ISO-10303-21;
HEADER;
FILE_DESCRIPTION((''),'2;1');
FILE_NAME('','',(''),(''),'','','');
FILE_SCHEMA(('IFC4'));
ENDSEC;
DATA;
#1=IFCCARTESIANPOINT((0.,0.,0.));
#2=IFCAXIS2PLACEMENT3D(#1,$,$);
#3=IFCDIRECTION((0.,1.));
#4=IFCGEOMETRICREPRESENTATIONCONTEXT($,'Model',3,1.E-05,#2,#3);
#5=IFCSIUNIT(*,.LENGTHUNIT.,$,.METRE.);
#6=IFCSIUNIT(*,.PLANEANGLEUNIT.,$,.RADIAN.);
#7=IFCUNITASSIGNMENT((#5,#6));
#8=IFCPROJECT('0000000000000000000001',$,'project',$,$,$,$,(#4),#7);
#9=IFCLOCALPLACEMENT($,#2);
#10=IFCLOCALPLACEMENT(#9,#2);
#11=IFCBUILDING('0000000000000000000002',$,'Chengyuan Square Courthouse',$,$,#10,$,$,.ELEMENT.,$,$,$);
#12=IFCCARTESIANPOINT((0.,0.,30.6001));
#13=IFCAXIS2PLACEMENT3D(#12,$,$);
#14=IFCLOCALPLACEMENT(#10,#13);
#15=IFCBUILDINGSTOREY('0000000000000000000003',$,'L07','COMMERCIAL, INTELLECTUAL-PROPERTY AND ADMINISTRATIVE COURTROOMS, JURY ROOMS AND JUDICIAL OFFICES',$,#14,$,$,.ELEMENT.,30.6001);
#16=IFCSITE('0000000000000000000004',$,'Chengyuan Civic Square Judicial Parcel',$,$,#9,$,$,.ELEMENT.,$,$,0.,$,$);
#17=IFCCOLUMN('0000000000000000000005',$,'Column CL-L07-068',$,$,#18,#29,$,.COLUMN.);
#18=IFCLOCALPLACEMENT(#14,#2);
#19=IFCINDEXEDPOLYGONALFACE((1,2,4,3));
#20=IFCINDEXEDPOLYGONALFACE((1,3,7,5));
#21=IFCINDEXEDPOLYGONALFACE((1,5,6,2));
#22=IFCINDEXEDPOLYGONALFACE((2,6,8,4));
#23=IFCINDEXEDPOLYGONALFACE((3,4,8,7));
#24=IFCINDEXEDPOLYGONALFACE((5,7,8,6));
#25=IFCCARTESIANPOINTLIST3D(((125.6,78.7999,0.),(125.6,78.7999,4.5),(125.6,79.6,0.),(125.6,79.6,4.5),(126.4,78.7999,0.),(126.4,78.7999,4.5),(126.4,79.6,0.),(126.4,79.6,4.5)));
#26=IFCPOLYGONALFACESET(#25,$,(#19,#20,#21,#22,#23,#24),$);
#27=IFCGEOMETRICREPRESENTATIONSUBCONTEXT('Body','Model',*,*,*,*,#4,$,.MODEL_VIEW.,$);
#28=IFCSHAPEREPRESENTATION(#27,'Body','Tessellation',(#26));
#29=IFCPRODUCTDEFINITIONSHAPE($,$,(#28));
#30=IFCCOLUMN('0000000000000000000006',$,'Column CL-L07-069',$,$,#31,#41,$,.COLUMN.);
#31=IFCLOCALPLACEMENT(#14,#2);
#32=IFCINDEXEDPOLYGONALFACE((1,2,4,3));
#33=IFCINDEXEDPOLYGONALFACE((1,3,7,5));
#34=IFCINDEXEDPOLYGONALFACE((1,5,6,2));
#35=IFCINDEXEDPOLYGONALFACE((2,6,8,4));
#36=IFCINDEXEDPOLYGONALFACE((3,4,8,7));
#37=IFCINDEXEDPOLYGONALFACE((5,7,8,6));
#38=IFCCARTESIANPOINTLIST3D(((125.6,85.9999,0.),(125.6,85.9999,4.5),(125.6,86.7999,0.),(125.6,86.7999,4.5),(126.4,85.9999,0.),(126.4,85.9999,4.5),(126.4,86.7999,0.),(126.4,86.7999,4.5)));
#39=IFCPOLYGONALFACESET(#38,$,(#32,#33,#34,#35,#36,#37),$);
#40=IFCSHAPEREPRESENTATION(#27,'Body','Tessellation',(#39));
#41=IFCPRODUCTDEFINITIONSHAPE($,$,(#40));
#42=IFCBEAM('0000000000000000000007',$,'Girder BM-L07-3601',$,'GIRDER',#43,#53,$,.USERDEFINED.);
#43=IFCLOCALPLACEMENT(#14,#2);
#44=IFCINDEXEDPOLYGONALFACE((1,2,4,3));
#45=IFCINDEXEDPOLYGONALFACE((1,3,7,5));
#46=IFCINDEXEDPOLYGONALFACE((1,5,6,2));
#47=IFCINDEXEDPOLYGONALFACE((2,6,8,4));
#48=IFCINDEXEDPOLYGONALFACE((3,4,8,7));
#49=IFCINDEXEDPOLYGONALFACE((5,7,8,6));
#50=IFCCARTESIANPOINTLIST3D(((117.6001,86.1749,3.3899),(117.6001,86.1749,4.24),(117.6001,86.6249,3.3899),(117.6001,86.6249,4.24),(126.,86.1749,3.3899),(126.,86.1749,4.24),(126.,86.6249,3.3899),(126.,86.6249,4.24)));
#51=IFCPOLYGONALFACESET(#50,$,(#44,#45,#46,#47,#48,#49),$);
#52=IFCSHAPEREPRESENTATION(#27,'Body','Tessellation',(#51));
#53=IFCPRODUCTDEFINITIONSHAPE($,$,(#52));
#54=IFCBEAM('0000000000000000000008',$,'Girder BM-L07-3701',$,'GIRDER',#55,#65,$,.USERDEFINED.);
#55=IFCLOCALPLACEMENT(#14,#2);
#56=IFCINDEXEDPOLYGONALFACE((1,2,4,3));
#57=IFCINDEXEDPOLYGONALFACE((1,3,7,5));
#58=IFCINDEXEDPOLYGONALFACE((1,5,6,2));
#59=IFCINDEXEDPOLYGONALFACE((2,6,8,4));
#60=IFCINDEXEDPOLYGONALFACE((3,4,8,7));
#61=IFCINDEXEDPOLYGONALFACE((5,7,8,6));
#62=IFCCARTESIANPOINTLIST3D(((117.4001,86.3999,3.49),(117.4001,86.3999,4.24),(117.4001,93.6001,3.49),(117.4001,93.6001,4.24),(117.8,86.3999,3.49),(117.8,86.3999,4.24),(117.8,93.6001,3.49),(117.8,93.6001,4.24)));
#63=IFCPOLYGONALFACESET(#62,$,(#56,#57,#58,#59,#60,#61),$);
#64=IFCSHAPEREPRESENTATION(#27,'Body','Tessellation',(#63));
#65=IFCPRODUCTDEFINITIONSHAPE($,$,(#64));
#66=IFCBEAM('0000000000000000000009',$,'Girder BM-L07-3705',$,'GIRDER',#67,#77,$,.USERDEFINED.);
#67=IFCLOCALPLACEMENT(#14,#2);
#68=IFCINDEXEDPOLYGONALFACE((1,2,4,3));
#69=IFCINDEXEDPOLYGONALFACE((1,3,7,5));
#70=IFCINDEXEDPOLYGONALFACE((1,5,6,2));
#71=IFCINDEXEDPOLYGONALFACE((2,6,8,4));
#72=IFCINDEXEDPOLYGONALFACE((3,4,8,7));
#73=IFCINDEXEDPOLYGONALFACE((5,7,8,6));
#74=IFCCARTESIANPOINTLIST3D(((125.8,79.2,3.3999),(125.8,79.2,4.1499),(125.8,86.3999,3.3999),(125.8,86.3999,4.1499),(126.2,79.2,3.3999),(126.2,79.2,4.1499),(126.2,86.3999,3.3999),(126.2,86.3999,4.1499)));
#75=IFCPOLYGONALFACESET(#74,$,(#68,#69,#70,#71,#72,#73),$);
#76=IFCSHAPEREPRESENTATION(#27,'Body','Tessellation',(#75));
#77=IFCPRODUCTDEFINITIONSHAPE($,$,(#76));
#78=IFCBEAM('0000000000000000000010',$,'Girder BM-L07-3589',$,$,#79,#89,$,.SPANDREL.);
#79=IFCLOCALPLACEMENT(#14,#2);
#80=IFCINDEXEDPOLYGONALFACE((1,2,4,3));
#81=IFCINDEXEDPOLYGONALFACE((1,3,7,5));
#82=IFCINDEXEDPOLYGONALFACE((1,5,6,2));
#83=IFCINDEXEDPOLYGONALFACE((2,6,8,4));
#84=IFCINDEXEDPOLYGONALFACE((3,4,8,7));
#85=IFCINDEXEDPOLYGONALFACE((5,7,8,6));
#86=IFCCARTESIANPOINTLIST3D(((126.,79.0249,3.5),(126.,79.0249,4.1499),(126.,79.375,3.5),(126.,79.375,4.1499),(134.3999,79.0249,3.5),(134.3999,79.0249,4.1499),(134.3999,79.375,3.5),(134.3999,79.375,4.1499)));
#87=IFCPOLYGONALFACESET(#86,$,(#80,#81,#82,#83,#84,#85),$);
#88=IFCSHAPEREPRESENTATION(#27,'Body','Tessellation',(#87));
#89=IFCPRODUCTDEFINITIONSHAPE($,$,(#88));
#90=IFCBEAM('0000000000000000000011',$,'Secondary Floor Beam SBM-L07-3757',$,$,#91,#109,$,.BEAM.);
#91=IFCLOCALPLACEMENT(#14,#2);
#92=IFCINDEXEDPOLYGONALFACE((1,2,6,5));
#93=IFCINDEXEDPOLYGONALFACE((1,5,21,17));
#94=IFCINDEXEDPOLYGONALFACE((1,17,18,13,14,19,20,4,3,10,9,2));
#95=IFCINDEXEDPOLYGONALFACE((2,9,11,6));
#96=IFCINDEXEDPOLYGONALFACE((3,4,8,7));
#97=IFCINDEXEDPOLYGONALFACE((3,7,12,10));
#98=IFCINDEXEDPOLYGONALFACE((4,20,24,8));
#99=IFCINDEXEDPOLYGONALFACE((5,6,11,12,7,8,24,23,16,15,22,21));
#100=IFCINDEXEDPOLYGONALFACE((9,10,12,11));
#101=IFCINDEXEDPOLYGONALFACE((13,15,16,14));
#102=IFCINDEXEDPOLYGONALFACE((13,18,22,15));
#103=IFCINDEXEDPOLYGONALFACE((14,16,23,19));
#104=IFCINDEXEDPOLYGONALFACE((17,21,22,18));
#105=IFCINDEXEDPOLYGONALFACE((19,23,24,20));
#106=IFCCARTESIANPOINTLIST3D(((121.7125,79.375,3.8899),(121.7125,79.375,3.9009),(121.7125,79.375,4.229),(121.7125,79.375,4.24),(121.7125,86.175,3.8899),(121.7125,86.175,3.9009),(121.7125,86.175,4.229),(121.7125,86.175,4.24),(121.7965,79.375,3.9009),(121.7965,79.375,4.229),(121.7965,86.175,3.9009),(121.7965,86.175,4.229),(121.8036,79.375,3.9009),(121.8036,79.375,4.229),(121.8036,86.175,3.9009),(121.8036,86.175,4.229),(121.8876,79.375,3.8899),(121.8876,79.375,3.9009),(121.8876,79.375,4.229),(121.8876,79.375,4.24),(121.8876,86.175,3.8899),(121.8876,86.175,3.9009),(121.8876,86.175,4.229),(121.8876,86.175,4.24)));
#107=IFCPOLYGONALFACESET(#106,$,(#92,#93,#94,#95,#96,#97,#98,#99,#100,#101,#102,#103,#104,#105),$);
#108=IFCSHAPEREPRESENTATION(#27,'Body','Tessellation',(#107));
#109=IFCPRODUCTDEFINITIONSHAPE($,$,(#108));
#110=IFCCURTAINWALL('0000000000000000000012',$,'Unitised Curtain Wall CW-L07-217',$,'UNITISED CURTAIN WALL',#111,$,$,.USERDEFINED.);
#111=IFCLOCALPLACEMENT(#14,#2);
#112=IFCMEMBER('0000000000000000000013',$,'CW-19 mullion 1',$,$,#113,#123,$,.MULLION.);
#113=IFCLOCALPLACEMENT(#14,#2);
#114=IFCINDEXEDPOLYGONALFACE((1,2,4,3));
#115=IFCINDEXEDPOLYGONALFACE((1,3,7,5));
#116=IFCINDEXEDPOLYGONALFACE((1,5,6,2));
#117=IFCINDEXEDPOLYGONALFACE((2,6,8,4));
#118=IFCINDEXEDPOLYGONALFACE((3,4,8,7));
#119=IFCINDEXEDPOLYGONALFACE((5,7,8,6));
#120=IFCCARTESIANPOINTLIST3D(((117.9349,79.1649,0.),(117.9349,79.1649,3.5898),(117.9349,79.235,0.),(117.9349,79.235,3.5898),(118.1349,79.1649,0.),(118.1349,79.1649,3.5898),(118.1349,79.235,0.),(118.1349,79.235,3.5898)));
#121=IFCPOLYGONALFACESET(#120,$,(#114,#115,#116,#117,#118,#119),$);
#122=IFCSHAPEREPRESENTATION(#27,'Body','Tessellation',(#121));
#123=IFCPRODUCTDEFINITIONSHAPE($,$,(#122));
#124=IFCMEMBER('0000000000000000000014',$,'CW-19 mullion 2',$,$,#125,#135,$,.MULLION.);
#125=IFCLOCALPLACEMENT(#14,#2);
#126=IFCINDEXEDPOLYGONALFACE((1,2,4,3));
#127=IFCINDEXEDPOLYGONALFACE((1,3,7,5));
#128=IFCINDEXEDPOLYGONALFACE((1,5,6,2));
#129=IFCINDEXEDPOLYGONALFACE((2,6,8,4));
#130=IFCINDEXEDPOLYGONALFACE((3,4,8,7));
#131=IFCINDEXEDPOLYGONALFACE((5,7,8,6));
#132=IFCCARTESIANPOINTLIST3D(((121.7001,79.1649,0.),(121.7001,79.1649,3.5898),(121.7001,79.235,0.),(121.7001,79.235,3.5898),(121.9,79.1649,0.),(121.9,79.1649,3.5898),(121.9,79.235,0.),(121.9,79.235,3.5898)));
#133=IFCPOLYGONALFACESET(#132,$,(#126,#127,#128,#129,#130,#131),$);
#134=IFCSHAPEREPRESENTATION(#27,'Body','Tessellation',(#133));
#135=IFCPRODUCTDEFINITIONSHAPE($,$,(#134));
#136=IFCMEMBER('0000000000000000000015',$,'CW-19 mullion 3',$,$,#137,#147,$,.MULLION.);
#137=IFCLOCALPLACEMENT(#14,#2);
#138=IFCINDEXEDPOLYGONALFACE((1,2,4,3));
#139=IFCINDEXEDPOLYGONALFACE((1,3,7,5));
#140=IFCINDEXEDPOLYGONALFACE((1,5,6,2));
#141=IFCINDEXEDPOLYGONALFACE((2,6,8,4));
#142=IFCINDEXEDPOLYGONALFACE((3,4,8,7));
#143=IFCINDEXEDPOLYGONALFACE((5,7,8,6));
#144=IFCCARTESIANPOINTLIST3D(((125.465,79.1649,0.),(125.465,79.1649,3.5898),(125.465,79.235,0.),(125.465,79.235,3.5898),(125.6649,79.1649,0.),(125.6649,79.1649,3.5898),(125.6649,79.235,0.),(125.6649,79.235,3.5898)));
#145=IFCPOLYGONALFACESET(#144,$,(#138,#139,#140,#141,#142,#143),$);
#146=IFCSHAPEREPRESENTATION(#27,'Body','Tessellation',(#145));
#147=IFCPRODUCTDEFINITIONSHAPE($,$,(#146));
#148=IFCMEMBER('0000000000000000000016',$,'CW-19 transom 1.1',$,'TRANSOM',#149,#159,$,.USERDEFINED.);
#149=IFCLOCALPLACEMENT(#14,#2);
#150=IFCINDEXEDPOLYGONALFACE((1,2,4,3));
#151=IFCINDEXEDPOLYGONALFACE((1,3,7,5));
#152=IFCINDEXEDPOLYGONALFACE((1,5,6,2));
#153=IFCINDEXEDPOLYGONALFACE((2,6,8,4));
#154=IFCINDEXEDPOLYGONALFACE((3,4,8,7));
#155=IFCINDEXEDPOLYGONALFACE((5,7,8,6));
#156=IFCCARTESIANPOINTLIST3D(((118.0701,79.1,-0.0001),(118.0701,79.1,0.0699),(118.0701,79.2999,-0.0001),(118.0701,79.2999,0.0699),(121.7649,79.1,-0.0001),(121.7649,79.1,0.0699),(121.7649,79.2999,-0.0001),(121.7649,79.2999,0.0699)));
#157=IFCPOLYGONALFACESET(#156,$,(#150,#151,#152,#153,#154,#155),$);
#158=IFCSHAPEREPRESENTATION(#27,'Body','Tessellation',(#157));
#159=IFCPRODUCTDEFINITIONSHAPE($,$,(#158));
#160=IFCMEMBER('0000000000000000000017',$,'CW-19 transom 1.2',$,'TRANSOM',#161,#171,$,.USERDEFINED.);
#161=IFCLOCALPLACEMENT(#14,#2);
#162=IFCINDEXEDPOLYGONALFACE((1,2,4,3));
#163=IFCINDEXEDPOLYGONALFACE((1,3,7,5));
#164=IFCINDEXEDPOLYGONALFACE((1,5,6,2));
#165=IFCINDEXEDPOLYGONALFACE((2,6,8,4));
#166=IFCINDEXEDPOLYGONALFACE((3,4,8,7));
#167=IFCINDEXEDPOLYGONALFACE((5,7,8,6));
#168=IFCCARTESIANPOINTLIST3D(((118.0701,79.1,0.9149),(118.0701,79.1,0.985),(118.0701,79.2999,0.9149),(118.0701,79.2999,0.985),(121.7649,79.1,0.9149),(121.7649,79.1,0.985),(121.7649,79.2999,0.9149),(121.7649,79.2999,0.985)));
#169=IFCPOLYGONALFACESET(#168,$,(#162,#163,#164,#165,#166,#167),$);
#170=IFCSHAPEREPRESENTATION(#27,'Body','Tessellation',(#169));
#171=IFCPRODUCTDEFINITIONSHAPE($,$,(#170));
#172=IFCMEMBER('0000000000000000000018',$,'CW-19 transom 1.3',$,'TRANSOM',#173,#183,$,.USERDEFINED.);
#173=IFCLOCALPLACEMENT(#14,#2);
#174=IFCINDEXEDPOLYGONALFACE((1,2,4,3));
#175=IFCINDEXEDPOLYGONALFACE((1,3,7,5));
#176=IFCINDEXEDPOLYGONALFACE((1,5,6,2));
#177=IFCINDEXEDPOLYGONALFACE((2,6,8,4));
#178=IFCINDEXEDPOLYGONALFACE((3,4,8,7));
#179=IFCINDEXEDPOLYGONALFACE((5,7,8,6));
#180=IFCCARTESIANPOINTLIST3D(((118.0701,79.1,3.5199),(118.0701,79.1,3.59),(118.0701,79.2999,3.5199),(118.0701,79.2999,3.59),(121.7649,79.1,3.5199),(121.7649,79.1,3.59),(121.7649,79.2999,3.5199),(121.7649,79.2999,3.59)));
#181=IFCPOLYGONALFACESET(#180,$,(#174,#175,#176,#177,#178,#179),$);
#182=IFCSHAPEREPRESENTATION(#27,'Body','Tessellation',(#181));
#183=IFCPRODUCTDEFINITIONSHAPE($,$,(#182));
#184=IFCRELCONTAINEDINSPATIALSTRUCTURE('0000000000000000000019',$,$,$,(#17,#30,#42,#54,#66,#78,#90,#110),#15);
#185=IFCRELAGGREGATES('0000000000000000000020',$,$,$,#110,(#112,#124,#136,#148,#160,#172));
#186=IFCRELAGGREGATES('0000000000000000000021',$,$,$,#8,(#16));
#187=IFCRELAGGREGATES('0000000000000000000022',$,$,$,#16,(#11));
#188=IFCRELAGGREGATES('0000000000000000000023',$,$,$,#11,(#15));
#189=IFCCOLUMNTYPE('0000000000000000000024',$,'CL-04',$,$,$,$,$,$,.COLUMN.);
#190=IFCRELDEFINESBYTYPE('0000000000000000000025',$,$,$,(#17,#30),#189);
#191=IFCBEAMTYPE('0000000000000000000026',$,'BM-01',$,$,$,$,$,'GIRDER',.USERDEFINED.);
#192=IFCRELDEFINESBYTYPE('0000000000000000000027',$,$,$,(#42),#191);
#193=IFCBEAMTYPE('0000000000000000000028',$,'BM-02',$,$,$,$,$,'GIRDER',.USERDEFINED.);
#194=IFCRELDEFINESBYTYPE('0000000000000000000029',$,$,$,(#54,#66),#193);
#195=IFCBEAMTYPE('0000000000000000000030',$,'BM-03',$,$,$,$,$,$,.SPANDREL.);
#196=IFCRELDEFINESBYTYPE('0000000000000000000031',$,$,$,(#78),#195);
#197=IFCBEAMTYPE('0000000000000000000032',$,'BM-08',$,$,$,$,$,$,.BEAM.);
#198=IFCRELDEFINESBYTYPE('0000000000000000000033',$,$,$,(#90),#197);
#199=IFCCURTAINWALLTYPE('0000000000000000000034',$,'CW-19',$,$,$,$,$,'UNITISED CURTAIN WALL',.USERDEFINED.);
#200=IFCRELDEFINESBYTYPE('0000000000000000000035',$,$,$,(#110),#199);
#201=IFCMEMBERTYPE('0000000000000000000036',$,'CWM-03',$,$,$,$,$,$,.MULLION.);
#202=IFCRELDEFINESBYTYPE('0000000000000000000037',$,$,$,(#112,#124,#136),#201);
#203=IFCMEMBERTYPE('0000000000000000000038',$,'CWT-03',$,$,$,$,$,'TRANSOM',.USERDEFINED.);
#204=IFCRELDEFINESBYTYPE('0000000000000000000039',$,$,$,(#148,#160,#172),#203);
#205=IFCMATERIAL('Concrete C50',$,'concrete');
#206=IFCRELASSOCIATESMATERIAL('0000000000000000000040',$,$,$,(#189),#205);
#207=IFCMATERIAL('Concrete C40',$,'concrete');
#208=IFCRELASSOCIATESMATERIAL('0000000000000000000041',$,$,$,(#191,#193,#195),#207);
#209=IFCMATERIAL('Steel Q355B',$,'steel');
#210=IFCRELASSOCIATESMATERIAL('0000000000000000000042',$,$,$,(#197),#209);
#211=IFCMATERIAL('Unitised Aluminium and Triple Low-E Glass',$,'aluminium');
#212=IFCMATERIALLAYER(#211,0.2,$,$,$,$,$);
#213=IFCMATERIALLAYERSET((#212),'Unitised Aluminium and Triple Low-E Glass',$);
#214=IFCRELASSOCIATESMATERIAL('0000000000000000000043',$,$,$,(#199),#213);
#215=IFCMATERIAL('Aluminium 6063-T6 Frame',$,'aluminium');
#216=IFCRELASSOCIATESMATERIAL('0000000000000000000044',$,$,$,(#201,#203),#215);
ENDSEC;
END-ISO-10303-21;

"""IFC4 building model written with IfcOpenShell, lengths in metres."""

from ifc_helpers import new_model, si_unit, direction, frame, origin, origin_2d, place, context, subcontext, project, spatial, rectangle, i_section, extrude, material, layer, layer_set, material_profile, profile_set, type_object, element, aggregate, save


model = new_model("IFC4")

# Units and contexts
model_context = context("Model", 3, precision=1e-05, world=origin(), true_north=direction((0.0, 1.0)))
body_context = subcontext(model_context, "Body", "Model", "MODEL_VIEW")
ifc_project = project(units=[si_unit("LENGTHUNIT", "METRE"), si_unit("PLANEANGLEUNIT", "RADIAN")], contexts=[model_context])

# Site, building, storey
site_placement = place(None, origin())
site = spatial("IfcSite", under=ifc_project, at=site_placement, Name="Chengyuan Civic Square Judicial Parcel", CompositionType="ELEMENT", RefElevation=0.0)
building_placement = place(site_placement, origin())
building = spatial("IfcBuilding", under=site, at=building_placement, Name="Chengyuan Square Courthouse", CompositionType="ELEMENT")
storey_placement = place(building_placement, frame((0.0, 0.0, 30.6001)))
storey = spatial("IfcBuildingStorey", under=building, at=storey_placement, Name="L07", Description="COMMERCIAL, INTELLECTUAL-PROPERTY AND ADMINISTRATIVE COURTROOMS, JURY ROOMS AND JUDICIAL OFFICES", CompositionType="ELEMENT", Elevation=30.6001)

# Columns
ifc_material_1 = material(Name="Concrete C50", Category="concrete")
ifc_material_profile_1 = material_profile(ifc_material_1, rectangle(XDim=0.8, YDim=0.8, at=origin_2d()), Name="RC-COL-800x800")
ifc_profile_set_1 = profile_set([ifc_material_profile_1], Name="Concrete C50")
column_type = type_object("IfcColumnType", Name="CL-04", PredefinedType="COLUMN", material=ifc_profile_set_1)
for number, where, z_axis, x_axis, name in (
    (1, (126.0, 79.2, 0.0), (0.0, 0.0, 1.0), (1.0, 0.0, 0.0), "Column CL-L07-068"),
    (2, (126.0, 86.3999, 0.0), (0.0, 0.0, 1.0), (1.0, 0.0, 0.0), "Column CL-L07-069"),
):
    element("IfcColumn", number, at=place(storey_placement, frame(where, z_axis=z_axis, x_axis=x_axis)), inside=storey, type_object=column_type, Name=name, PredefinedType="COLUMN", context=body_context, shape_type="SweptSolid", body=[
        extrude(rectangle(XDim=0.8, YDim=0.8, at=origin_2d()), origin(), (0.0, 0.0, 1.0), 4.5),
    ])

# Beams
ifc_material_2 = material(Name="Concrete C40", Category="concrete")
ifc_material_profile_2 = material_profile(ifc_material_2, rectangle(XDim=0.45, YDim=0.8501, at=origin_2d()), Name="RC-BM-450x850")
ifc_profile_set_2 = profile_set([ifc_material_profile_2], Name="Concrete C40")
beam_type_1 = type_object("IfcBeamType", Name="BM-01", ElementType="GIRDER", PredefinedType="USERDEFINED", material=ifc_profile_set_2)
beam_1_placement = place(storey_placement, frame((117.6001, 86.3999, 3.8149), z_axis=(1.0, 0.0, 0.0), x_axis=(0.0, 1.0, 0.0)))
element("IfcBeam", 3, at=beam_1_placement, inside=storey, type_object=beam_type_1, Name="Girder BM-L07-3601", ObjectType="GIRDER", PredefinedType="USERDEFINED", context=body_context, shape_type="SweptSolid", body=[
    extrude(rectangle(XDim=0.45, YDim=0.8501, at=origin_2d()), origin(), (0.0, 0.0, 1.0), 8.3999),
])
ifc_material_profile_3 = material_profile(ifc_material_2, rectangle(XDim=0.3999, YDim=0.75, at=origin_2d()), Name="RC-BM-400x750")
ifc_profile_set_3 = profile_set([ifc_material_profile_3], Name="Concrete C40")
beam_type_2 = type_object("IfcBeamType", Name="BM-02", ElementType="GIRDER", PredefinedType="USERDEFINED", material=ifc_profile_set_3)
beam_2_placement = place(storey_placement, frame((117.6001, 86.3999, 3.865), z_axis=(0.0, 1.0, 0.0), x_axis=(-1.0, 0.0, 0.0)))
element("IfcBeam", 4, at=beam_2_placement, inside=storey, type_object=beam_type_2, Name="Girder BM-L07-3701", ObjectType="GIRDER", PredefinedType="USERDEFINED", context=body_context, shape_type="SweptSolid", body=[
    extrude(rectangle(XDim=0.3999, YDim=0.75, at=origin_2d()), origin(), (0.0, 0.0, 1.0), 7.2002),
])
beam_3_placement = place(storey_placement, frame((126.0, 79.2, 3.7749), z_axis=(0.0, 1.0, 0.0), x_axis=(-1.0, 0.0, 0.0)))
element("IfcBeam", 5, at=beam_3_placement, inside=storey, type_object=beam_type_2, Name="Girder BM-L07-3705", ObjectType="GIRDER", PredefinedType="USERDEFINED", context=body_context, shape_type="SweptSolid", body=[
    extrude(rectangle(XDim=0.3999, YDim=0.75, at=origin_2d()), origin(), (0.0, 0.0, 1.0), 7.2),
])
ifc_material_profile_4 = material_profile(ifc_material_2, rectangle(XDim=0.3501, YDim=0.6499, at=origin_2d()), Name="RC-BM-350x650")
ifc_profile_set_4 = profile_set([ifc_material_profile_4], Name="Concrete C40")
beam_type_3 = type_object("IfcBeamType", Name="BM-03", PredefinedType="SPANDREL", material=ifc_profile_set_4)
beam_4_placement = place(storey_placement, frame((126.0, 79.2, 3.825), z_axis=(1.0, 0.0, 0.0), x_axis=(0.0, 1.0, 0.0)))
element("IfcBeam", 6, at=beam_4_placement, inside=storey, type_object=beam_type_3, Name="Girder BM-L07-3589", PredefinedType="SPANDREL", context=body_context, shape_type="SweptSolid", body=[
    extrude(rectangle(XDim=0.3501, YDim=0.6499, at=origin_2d()), origin(), (0.0, 0.0, 1.0), 8.3999),
])
ifc_material_3 = material(Name="Steel Q355B", Category="steel")
ifc_material_profile_5 = material_profile(ifc_material_3, i_section(OverallWidth=0.175, OverallDepth=0.3501, WebThickness=0.0071, FlangeThickness=0.011, at=origin_2d()), Name="HN 350x175x7x11")
ifc_profile_set_5 = profile_set([ifc_material_profile_5], Name="Steel Q355B")
beam_type_4 = type_object("IfcBeamType", Name="BM-08", PredefinedType="BEAM", material=ifc_profile_set_5)
beam_5_placement = place(storey_placement, frame((121.8, 79.375, 4.0649), z_axis=(0.0, 1.0, 0.0), x_axis=(-1.0, 0.0, 0.0)))
element("IfcBeam", 7, at=beam_5_placement, inside=storey, type_object=beam_type_4, Name="Secondary Floor Beam SBM-L07-3757", PredefinedType="BEAM", context=body_context, shape_type="SweptSolid", body=[
    extrude(i_section(OverallWidth=0.175, OverallDepth=0.3501, WebThickness=0.0071, FlangeThickness=0.011, at=origin_2d()), origin(), (0.0, 0.0, 1.0), 6.8),
])

# Curtain wall, members
ifc_material_4 = material(Name="Unitised Aluminium and Triple Low-E Glass", Category="aluminium")
ifc_layer_1 = layer(ifc_material_4, 0.2)
ifc_layer_set_1 = layer_set([ifc_layer_1], Name="Unitised Aluminium and Triple Low-E Glass")
curtain_wall_type = type_object("IfcCurtainWallType", Name="CW-19", ElementType="UNITISED CURTAIN WALL", PredefinedType="USERDEFINED", material=ifc_layer_set_1)
curtain_wall_placement = place(storey_placement, origin())
curtain_wall = element("IfcCurtainWall", 8, at=curtain_wall_placement, inside=storey, type_object=curtain_wall_type, Name="Unitised Curtain Wall CW-L07-217", ObjectType="UNITISED CURTAIN WALL", PredefinedType="USERDEFINED")
ifc_material_5 = material(Name="Aluminium 6063-T6 Frame", Category="aluminium")
ifc_material_profile_6 = material_profile(ifc_material_5, rectangle(XDim=0.0701, YDim=0.2, at=origin_2d()), Name="CW-MUL-70x200")
ifc_profile_set_6 = profile_set([ifc_material_profile_6], Name="Aluminium 6063-T6 Frame")
member_type_1 = type_object("IfcMemberType", Name="CWM-03", PredefinedType="MULLION", material=ifc_profile_set_6)
member_1_placement = place(storey_placement, frame((118.0349, 79.2, 0.0), z_axis=(0.0, 0.0, 1.0), x_axis=(0.0, 1.0, 0.0)))
member_1 = element("IfcMember", 9, at=member_1_placement, type_object=member_type_1, Name="CW-19 mullion 1", PredefinedType="MULLION", context=body_context, shape_type="SweptSolid", body=[
    extrude(rectangle(XDim=0.0701, YDim=0.2, at=origin_2d()), origin(), (0.0, 0.0, 1.0), 3.5898),
])
member_2_placement = place(storey_placement, frame((121.8, 79.2, 0.0), z_axis=(0.0, 0.0, 1.0), x_axis=(0.0, 1.0, 0.0)))
member_2 = element("IfcMember", 10, at=member_2_placement, type_object=member_type_1, Name="CW-19 mullion 2", PredefinedType="MULLION", context=body_context, shape_type="SweptSolid", body=[
    extrude(rectangle(XDim=0.0701, YDim=0.2, at=origin_2d()), origin(), (0.0, 0.0, 1.0), 3.5898),
])
member_3_placement = place(storey_placement, frame((125.5649, 79.2, 0.0), z_axis=(0.0, 0.0, 1.0), x_axis=(0.0, 1.0, 0.0)))
member_3 = element("IfcMember", 11, at=member_3_placement, type_object=member_type_1, Name="CW-19 mullion 3", PredefinedType="MULLION", context=body_context, shape_type="SweptSolid", body=[
    extrude(rectangle(XDim=0.0701, YDim=0.2, at=origin_2d()), origin(), (0.0, 0.0, 1.0), 3.5898),
])
ifc_material_profile_7 = material_profile(ifc_material_5, rectangle(XDim=0.2, YDim=0.0701, at=origin_2d()), Name="CW-TRN-70x160")
ifc_profile_set_7 = profile_set([ifc_material_profile_7], Name="Aluminium 6063-T6 Frame")
member_type_2 = type_object("IfcMemberType", Name="CWT-03", ElementType="TRANSOM", PredefinedType="USERDEFINED", material=ifc_profile_set_7)
member_4_placement = place(storey_placement, frame((118.0701, 79.2, 0.0349), z_axis=(1.0, 0.0, 0.0), x_axis=(0.0, 1.0, 0.0)))
member_4 = element("IfcMember", 12, at=member_4_placement, type_object=member_type_2, Name="CW-19 transom 1.1", ObjectType="TRANSOM", PredefinedType="USERDEFINED", context=body_context, shape_type="SweptSolid", body=[
    extrude(rectangle(XDim=0.2, YDim=0.0701, at=origin_2d()), origin(), (0.0, 0.0, 1.0), 3.6948),
])
member_5_placement = place(storey_placement, frame((118.0701, 79.2, 0.95), z_axis=(1.0, 0.0, 0.0), x_axis=(0.0, 1.0, 0.0)))
member_5 = element("IfcMember", 13, at=member_5_placement, type_object=member_type_2, Name="CW-19 transom 1.2", ObjectType="TRANSOM", PredefinedType="USERDEFINED", context=body_context, shape_type="SweptSolid", body=[
    extrude(rectangle(XDim=0.2, YDim=0.0701, at=origin_2d()), origin(), (0.0, 0.0, 1.0), 3.6948),
])
member_6_placement = place(storey_placement, frame((118.0701, 79.2, 3.5549), z_axis=(1.0, 0.0, 0.0), x_axis=(0.0, 1.0, 0.0)))
member_6 = element("IfcMember", 14, at=member_6_placement, type_object=member_type_2, Name="CW-19 transom 1.3", ObjectType="TRANSOM", PredefinedType="USERDEFINED", context=body_context, shape_type="SweptSolid", body=[
    extrude(rectangle(XDim=0.2, YDim=0.0701, at=origin_2d()), origin(), (0.0, 0.0, 1.0), 3.6948),
])
aggregate(curtain_wall, [member_1, member_2, member_3, member_4, member_5, member_6])

save(model, "model.ifc")
